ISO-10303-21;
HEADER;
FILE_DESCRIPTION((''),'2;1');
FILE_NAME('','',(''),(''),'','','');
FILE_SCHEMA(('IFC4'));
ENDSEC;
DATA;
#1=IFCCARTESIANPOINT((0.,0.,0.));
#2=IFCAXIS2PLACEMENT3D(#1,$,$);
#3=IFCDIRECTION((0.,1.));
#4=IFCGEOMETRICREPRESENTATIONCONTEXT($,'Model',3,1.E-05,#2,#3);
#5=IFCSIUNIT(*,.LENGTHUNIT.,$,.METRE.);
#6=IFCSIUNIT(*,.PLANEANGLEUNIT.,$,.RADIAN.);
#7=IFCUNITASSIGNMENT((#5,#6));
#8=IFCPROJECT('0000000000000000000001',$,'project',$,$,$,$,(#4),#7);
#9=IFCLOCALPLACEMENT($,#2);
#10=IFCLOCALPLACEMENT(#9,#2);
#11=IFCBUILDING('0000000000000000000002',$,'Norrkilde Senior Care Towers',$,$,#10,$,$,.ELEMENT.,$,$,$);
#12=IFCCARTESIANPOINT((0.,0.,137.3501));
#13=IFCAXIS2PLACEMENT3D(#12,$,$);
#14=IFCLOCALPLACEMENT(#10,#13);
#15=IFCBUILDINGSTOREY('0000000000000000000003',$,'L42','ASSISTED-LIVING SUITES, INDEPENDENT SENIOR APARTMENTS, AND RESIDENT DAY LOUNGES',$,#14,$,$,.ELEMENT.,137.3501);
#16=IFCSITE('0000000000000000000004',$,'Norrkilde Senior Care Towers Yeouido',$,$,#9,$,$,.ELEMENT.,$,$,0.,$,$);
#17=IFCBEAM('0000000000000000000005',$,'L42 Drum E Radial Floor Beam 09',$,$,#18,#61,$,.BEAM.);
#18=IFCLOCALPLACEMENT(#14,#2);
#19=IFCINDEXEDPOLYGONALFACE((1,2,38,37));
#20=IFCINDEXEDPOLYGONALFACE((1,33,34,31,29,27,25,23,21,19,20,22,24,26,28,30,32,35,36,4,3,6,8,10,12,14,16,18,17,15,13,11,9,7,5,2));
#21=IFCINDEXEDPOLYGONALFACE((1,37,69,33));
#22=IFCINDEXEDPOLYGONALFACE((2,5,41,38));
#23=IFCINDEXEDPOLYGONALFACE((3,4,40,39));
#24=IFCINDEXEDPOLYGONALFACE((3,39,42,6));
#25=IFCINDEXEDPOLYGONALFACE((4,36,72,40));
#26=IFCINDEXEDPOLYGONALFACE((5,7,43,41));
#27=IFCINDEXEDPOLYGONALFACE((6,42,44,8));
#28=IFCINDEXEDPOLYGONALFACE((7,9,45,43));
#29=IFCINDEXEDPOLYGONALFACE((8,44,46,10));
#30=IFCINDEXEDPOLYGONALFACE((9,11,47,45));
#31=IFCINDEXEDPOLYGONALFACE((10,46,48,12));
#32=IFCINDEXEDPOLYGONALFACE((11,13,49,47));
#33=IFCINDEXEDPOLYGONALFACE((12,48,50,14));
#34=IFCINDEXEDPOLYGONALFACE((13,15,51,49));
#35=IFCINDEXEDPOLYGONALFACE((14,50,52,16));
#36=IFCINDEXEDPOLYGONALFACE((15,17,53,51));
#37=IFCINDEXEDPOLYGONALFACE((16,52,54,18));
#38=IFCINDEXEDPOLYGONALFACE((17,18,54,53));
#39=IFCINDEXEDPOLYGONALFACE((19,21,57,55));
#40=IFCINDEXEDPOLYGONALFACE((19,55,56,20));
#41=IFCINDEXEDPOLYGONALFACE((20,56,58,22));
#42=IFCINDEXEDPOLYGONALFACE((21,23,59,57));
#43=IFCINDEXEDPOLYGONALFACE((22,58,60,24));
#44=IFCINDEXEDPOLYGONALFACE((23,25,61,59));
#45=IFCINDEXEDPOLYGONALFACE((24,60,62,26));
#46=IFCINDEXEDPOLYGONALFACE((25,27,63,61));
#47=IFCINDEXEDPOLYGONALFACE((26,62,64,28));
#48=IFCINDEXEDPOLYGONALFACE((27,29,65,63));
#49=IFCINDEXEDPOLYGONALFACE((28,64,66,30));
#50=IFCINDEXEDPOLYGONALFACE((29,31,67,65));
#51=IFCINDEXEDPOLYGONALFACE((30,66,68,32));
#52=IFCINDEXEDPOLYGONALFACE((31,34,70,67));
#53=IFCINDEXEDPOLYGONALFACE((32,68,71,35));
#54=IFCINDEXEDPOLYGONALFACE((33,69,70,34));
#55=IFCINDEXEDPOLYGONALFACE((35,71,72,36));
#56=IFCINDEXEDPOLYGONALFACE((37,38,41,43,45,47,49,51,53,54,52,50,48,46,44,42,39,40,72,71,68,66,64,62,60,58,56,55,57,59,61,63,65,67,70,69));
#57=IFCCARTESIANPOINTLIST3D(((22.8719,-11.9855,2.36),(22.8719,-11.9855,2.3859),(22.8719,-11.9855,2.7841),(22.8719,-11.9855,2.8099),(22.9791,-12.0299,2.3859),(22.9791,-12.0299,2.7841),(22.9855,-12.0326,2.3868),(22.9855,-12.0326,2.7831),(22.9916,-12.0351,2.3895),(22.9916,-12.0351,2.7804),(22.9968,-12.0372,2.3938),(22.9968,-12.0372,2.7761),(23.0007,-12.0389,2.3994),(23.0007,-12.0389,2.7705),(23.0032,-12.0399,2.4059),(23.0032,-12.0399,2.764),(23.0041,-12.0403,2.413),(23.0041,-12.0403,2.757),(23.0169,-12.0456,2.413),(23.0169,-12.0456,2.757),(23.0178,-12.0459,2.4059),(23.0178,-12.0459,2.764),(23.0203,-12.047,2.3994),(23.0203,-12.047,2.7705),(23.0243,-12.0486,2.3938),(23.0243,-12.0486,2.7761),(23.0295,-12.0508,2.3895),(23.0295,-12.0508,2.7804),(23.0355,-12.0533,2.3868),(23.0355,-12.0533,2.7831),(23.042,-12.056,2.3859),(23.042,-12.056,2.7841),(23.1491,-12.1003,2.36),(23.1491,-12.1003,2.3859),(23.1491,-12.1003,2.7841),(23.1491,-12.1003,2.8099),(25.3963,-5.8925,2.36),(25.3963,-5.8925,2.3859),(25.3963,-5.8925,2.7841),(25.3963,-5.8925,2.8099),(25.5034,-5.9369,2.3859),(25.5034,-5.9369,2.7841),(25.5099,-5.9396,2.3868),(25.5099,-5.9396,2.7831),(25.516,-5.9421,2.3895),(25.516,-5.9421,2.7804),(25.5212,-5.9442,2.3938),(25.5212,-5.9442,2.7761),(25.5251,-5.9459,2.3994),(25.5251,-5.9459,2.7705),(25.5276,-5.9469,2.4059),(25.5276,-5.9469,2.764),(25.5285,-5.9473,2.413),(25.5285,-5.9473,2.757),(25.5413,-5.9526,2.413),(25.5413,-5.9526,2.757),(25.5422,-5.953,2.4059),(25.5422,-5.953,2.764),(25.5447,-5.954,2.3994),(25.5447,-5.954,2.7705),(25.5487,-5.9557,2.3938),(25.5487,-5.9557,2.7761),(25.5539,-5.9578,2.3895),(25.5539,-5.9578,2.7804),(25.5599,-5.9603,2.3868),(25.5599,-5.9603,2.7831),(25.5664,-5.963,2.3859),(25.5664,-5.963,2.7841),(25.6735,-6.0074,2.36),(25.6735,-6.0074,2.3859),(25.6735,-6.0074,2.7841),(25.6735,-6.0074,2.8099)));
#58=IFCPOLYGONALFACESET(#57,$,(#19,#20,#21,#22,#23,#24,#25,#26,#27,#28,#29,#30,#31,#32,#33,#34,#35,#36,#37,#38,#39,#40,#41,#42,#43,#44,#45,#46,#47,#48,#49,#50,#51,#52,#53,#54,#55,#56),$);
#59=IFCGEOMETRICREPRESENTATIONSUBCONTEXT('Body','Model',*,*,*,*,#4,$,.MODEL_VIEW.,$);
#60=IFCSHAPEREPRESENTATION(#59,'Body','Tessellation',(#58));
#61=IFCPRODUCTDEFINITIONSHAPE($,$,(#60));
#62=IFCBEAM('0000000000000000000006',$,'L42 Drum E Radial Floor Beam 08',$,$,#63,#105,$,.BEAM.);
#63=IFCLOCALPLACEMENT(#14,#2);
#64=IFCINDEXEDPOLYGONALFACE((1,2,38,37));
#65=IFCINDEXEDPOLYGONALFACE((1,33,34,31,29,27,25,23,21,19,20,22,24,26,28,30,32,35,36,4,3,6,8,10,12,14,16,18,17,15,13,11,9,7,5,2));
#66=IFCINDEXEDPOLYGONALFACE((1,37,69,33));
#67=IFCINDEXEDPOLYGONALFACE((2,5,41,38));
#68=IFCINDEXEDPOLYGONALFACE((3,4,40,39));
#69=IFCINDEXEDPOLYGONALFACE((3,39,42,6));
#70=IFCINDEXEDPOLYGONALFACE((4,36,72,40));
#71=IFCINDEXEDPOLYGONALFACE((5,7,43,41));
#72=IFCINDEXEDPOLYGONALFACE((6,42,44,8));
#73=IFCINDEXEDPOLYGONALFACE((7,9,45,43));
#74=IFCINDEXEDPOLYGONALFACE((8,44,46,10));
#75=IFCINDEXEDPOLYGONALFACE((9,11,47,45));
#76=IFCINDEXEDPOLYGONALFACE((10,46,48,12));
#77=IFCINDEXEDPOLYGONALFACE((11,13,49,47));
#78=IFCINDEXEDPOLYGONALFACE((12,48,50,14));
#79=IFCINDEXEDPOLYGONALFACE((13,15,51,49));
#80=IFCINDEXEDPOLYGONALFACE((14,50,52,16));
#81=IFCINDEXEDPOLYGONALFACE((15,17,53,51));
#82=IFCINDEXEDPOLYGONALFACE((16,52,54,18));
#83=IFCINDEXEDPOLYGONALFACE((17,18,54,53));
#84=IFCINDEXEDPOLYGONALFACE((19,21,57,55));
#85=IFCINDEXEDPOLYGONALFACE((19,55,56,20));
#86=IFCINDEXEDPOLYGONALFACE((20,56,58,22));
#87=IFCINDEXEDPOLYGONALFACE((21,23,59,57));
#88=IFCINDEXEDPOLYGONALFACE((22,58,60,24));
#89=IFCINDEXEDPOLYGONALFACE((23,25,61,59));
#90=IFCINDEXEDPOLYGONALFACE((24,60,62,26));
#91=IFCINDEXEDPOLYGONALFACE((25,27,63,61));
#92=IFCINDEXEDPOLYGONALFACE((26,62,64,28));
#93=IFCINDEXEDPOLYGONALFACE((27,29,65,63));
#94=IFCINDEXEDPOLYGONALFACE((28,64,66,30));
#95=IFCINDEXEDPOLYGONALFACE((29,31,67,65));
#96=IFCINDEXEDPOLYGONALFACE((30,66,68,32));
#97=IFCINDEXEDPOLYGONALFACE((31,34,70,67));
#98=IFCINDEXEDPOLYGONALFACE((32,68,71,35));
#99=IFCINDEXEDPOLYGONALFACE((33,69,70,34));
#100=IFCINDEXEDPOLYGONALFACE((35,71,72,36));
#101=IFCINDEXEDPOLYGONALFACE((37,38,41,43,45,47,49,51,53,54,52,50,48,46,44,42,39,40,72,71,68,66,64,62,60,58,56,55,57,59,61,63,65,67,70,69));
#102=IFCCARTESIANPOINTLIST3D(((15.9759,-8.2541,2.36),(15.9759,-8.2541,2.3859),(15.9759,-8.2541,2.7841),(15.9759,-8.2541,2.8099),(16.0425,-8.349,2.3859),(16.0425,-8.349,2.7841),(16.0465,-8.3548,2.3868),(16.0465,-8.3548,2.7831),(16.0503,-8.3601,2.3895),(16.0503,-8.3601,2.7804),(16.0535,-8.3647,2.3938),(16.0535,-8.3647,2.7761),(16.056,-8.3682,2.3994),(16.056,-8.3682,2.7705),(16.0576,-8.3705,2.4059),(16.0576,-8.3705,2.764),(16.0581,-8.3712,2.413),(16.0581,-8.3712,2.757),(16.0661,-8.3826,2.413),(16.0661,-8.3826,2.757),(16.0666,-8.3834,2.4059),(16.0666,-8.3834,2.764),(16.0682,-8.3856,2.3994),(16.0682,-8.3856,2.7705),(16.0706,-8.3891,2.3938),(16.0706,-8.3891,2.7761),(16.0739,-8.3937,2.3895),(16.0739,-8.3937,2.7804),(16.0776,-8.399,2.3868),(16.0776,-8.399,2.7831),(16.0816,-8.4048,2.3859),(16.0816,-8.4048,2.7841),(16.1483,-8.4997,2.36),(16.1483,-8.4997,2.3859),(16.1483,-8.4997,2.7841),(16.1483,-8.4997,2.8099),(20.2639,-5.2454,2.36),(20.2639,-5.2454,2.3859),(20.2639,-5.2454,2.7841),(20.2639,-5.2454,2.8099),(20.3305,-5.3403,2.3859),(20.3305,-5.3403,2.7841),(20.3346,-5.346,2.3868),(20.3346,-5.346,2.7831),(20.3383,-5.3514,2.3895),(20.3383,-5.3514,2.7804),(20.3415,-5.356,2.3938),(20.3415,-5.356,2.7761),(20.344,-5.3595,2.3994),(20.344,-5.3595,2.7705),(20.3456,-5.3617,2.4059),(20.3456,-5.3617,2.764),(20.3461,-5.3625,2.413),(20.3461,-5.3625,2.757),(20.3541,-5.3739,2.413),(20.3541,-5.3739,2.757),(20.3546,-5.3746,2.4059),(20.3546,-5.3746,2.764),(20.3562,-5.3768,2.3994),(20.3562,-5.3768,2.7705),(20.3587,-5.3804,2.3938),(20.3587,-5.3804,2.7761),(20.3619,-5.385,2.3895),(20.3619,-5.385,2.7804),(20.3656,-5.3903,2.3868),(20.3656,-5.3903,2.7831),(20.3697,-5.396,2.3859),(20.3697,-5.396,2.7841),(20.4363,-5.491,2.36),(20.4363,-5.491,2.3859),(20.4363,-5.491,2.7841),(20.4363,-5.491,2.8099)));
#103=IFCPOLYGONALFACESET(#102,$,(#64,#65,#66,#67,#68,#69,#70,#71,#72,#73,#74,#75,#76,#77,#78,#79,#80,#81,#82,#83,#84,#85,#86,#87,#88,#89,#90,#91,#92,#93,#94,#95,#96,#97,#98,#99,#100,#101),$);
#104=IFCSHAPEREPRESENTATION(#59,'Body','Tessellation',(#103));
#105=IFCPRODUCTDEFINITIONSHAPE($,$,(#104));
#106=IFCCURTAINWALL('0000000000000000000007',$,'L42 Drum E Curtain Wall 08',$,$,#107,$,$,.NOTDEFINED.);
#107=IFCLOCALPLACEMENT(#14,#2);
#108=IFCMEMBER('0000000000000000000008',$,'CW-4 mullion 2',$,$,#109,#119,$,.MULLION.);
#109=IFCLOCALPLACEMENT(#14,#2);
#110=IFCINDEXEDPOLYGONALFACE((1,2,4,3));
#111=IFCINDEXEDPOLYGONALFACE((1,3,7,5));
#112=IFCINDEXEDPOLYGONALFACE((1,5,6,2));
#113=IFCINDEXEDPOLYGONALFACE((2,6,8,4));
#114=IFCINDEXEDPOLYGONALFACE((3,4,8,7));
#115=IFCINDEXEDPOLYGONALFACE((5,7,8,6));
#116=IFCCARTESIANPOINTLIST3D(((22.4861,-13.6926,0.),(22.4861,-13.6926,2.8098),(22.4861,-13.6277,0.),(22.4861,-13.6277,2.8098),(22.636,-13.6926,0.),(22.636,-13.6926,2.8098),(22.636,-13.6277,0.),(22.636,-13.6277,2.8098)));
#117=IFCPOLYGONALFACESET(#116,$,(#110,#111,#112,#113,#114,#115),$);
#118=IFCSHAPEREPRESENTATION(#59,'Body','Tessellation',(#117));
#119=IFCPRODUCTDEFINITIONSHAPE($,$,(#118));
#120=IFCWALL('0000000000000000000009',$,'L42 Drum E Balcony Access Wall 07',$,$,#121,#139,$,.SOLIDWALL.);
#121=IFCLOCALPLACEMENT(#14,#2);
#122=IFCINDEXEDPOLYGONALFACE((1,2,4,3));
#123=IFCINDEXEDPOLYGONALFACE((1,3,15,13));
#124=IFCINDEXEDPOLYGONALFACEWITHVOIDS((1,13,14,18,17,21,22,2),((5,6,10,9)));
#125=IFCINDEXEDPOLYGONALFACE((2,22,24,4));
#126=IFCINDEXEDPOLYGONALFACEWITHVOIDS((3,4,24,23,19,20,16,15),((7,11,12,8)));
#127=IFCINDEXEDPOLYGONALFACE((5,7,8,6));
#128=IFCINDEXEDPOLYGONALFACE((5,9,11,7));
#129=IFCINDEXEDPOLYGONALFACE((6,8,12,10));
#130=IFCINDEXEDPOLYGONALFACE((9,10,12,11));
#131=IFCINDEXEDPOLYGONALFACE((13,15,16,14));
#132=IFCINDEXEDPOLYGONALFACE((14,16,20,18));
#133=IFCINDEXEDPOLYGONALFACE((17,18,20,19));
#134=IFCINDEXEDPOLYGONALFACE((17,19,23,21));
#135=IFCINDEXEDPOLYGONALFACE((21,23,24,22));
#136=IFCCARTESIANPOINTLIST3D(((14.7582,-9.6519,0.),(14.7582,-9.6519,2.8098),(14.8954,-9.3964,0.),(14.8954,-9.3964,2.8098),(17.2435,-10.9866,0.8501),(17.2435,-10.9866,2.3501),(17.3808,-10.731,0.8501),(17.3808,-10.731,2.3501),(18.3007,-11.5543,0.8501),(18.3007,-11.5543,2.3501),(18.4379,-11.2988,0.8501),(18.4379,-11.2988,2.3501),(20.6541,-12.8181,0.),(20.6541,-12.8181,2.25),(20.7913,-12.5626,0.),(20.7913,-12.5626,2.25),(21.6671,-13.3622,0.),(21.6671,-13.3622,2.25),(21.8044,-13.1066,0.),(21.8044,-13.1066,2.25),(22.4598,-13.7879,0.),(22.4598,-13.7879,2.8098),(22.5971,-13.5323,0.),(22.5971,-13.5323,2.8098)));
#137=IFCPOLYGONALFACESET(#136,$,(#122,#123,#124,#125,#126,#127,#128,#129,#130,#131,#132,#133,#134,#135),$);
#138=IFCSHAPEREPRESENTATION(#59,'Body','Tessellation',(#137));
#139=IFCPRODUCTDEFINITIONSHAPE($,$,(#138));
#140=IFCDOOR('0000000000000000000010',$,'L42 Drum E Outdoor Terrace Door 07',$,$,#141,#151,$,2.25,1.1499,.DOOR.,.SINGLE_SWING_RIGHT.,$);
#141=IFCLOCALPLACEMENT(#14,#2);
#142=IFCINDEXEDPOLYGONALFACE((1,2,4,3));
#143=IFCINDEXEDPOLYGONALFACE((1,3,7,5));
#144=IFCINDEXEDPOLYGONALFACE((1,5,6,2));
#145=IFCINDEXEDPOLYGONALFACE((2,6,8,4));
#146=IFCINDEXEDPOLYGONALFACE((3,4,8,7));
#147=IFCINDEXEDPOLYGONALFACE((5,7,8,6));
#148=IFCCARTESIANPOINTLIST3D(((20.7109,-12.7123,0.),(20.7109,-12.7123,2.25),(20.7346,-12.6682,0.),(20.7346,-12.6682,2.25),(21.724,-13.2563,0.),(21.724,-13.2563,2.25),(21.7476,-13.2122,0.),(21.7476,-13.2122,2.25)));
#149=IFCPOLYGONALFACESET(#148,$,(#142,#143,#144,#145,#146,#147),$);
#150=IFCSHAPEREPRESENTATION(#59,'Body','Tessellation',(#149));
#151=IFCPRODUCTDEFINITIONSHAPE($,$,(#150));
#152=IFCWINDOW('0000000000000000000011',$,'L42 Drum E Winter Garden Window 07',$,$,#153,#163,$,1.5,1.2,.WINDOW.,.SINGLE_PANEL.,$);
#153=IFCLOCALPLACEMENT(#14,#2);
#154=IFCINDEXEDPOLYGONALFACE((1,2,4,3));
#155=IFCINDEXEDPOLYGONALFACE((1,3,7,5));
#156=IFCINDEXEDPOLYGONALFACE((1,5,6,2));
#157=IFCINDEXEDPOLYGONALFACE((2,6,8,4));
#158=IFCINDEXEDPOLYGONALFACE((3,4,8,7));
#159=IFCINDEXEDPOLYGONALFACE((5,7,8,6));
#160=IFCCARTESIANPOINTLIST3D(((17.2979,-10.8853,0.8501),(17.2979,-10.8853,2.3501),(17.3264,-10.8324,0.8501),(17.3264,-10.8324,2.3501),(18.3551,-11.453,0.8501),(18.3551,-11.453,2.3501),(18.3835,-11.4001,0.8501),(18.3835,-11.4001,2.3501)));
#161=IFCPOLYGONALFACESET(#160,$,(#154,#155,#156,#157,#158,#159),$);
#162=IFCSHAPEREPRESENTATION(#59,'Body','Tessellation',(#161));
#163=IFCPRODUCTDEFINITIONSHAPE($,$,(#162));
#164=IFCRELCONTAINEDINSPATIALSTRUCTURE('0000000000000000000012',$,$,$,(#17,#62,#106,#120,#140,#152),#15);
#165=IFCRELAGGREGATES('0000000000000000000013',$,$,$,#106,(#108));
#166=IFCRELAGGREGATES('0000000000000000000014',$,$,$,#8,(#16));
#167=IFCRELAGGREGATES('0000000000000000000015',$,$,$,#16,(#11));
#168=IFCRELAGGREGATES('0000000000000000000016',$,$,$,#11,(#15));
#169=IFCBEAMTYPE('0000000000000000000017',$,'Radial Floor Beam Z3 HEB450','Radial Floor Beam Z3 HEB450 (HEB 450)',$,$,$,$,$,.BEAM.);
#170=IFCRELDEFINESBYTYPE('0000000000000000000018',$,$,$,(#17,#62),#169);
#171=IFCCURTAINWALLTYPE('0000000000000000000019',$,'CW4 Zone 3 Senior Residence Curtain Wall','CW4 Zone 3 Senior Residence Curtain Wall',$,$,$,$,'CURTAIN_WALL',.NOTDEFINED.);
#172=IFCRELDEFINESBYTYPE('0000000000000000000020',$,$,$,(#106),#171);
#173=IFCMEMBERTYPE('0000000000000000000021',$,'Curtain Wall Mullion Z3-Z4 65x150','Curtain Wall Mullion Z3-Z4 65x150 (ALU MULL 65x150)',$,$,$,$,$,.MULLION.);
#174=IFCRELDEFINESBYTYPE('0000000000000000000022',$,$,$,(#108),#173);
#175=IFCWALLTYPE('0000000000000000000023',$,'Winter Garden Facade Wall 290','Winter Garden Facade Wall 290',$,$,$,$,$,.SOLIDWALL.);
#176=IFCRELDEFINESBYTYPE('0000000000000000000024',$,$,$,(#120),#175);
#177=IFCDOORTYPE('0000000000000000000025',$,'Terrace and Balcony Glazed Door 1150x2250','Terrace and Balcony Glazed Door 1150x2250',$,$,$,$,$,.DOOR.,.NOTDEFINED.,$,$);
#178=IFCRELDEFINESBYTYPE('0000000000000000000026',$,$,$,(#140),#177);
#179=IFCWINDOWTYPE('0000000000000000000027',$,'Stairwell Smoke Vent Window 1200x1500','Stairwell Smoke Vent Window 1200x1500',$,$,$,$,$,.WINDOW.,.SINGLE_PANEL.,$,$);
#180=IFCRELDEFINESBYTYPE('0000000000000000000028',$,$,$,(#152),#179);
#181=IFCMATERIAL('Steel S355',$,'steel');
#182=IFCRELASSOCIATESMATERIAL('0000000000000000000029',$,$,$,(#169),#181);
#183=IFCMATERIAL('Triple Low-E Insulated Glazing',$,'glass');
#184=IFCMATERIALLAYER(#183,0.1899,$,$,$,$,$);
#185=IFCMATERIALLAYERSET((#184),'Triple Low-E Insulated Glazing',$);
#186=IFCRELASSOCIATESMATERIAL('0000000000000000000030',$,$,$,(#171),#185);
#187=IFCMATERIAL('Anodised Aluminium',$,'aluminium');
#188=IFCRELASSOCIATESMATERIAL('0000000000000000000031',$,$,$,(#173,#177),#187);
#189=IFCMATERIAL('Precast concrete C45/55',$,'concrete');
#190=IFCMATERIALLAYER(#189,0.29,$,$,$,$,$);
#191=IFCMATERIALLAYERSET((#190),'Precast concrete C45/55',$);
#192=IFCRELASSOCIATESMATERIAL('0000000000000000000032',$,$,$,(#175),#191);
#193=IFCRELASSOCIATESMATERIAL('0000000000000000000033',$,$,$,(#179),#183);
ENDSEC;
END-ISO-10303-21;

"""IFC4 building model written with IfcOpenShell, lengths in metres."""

from ifc_helpers import new_model, si_unit, direction, frame, frame_2d, origin, origin_2d, place, context, subcontext, project, spatial, rectangle, i_section, extrude, source, transform, mapped, material, layer, layer_set, material_profile, profile_set, type_object, type_shapes, element, fill, aggregate, save


model = new_model("IFC4")

# Units and contexts
model_context = context("Model", 3, precision=1e-05, world=origin(), true_north=direction((0.0, 1.0)))
body_context = subcontext(model_context, "Body", "Model", "MODEL_VIEW")
ifc_project = project(units=[si_unit("LENGTHUNIT", "METRE"), si_unit("PLANEANGLEUNIT", "RADIAN")], contexts=[model_context])

# Site, building, storey
site_placement = place(None, origin())
site = spatial("IfcSite", under=ifc_project, at=site_placement, Name="Norrkilde Senior Care Towers Yeouido", CompositionType="ELEMENT", RefElevation=0.0)
building_placement = place(site_placement, origin())
building = spatial("IfcBuilding", under=site, at=building_placement, Name="Norrkilde Senior Care Towers", CompositionType="ELEMENT")
storey_placement = place(building_placement, frame((0.0, 0.0, 137.3501)))
storey = spatial("IfcBuildingStorey", under=building, at=storey_placement, Name="L42", Description="ASSISTED-LIVING SUITES, INDEPENDENT SENIOR APARTMENTS, AND RESIDENT DAY LOUNGES", CompositionType="ELEMENT", Elevation=137.3501)

# Beams
ifc_material_1 = material(Name="Steel S355", Category="steel")
ifc_material_profile_1 = material_profile(ifc_material_1, i_section(OverallWidth=0.3, OverallDepth=0.45, WebThickness=0.0139, FlangeThickness=0.0259, FilletRadius=0.0271, at=origin_2d()), Name="HEB 450")
ifc_profile_set_1 = profile_set([ifc_material_profile_1], Name="Steel S355")
beam_type_1 = type_object("IfcBeamType", Name="Radial Floor Beam Z3 HEB450", Description="Radial Floor Beam Z3 HEB450 (HEB 450)", PredefinedType="BEAM", material=ifc_profile_set_1)
shared_shape_1 = source(origin(), body_context, "Body", "SweptSolid", [
    extrude(i_section(OverallWidth=0.3, OverallDepth=0.45, WebThickness=0.0139, FlangeThickness=0.0259, FilletRadius=0.0271, at=origin_2d()), origin(), (0.0, 0.0, 1.0), 6.5952),
])
beam_1_placement = place(storey_placement, frame((25.5349, -5.95, 2.585), z_axis=(-0.382762, -0.923847, 0.0), x_axis=(0.923847, -0.382762, 0.0)))
element("IfcBeam", 1, at=beam_1_placement, inside=storey, type_object=beam_type_1, Name="L42 Drum E Radial Floor Beam 09", PredefinedType="BEAM", context=body_context, shape_type="MappedRepresentation", body=[
    mapped(shared_shape_1, transform((0.0, 0.0, 0.0), x_axis=(1.0, 0.0, 0.0), y_axis=(0.0, 1.0, 0.0), z_axis=(0.0, 0.0, 1.0), scale=1.0)),
])
shared_shape_2 = source(origin(), body_context, "Body", "SweptSolid", [
    extrude(i_section(OverallWidth=0.3, OverallDepth=0.45, WebThickness=0.0139, FlangeThickness=0.0259, FilletRadius=0.0271, at=origin_2d()), origin(), (0.0, 0.0, 1.0), 5.2383),
])
type_shapes(beam_type_1, [shared_shape_1, shared_shape_2])
beam_2_placement = place(storey_placement, frame((20.3501, -5.3682, 2.585), z_axis=(-0.818592, -0.574375, 0.0), x_axis=(0.574375, -0.818592, 0.0)))
element("IfcBeam", 2, at=beam_2_placement, inside=storey, type_object=beam_type_1, Name="L42 Drum E Radial Floor Beam 08", PredefinedType="BEAM", context=body_context, shape_type="MappedRepresentation", body=[
    mapped(shared_shape_2, transform((0.0, 0.0, 0.0), x_axis=(1.0, 0.0, 0.0), y_axis=(0.0, 1.0, 0.0), z_axis=(0.0, 0.0, 1.0), scale=1.0)),
])

# Curtain wall, member
ifc_material_2 = material(Name="Triple Low-E Insulated Glazing", Category="glass")
ifc_layer_1 = layer(ifc_material_2, 0.1899)
ifc_layer_set_1 = layer_set([ifc_layer_1], Name="Triple Low-E Insulated Glazing")
curtain_wall_type = type_object("IfcCurtainWallType", Name="CW4 Zone 3 Senior Residence Curtain Wall", Description="CW4 Zone 3 Senior Residence Curtain Wall", ElementType="CURTAIN_WALL", PredefinedType="NOTDEFINED", material=ifc_layer_set_1)
curtain_wall_placement = place(storey_placement, origin())
curtain_wall = element("IfcCurtainWall", 3, at=curtain_wall_placement, inside=storey, type_object=curtain_wall_type, Name="L42 Drum E Curtain Wall 08", PredefinedType="NOTDEFINED")
ifc_material_3 = material(Name="Anodised Aluminium", Category="aluminium")
ifc_material_profile_2 = material_profile(ifc_material_3, rectangle(XDim=0.0649, YDim=0.1499, at=origin_2d()), Name="ALU MULL 65x150")
ifc_profile_set_2 = profile_set([ifc_material_profile_2], Name="Anodised Aluminium")
member_type = type_object("IfcMemberType", Name="Curtain Wall Mullion Z3-Z4 65x150", Description="Curtain Wall Mullion Z3-Z4 65x150 (ALU MULL 65x150)", PredefinedType="MULLION", material=ifc_profile_set_2)
shared_shape_3 = source(origin(), body_context, "Body", "SweptSolid", [
    extrude(rectangle(XDim=0.0649, YDim=0.1499, at=origin_2d()), origin(), (0.0, 0.0, 1.0), 2.8098),
])
type_shapes(member_type, [shared_shape_3])
member_placement = place(storey_placement, frame((22.561, -13.6602, 0.0), z_axis=(0.0, 0.0, 1.0), x_axis=(0.0, -1.0, 0.0)))
member = element("IfcMember", 4, at=member_placement, type_object=member_type, Name="CW-4 mullion 2", PredefinedType="MULLION", context=body_context, shape_type="MappedRepresentation", body=[
    mapped(shared_shape_3, transform((0.0, 0.0, 0.0), x_axis=(1.0, 0.0, 0.0), y_axis=(0.0, 1.0, 0.0), z_axis=(0.0, 0.0, 1.0), scale=1.0)),
])
aggregate(curtain_wall, [member])

# Wall, openings, door, window
ifc_material_4 = material(Name="Precast concrete C45/55", Category="concrete")
ifc_layer_2 = layer(ifc_material_4, 0.29)
ifc_layer_set_2 = layer_set([ifc_layer_2], Name="Precast concrete C45/55")
wall_type_1 = type_object("IfcWallType", Name="Winter Garden Facade Wall 290", Description="Winter Garden Facade Wall 290", PredefinedType="SOLIDWALL", material=ifc_layer_set_2)
shared_shape_4 = source(origin(), body_context, "Body", "SweptSolid", [
    extrude(rectangle(XDim=8.7419, YDim=0.29, at=frame_2d((4.3711, 0.0))), origin(), (0.0, 0.0, 1.0), 2.8098),
])
type_shapes(wall_type_1, [shared_shape_4])
wall_1_placement = place(storey_placement, frame((22.5286, -13.6602, 0.0), z_axis=(0.0, 0.0, 1.0), x_axis=(-0.880999, 0.473119, 0.0)))
wall_1 = element("IfcWall", 5, at=wall_1_placement, inside=storey, type_object=wall_type_1, Name="L42 Drum E Balcony Access Wall 07", PredefinedType="SOLIDWALL", context=body_context, shape_type="MappedRepresentation", body=[
    mapped(shared_shape_4, transform((0.0, 0.0, 0.0), x_axis=(1.0, 0.0, 0.0), y_axis=(0.0, 1.0, 0.0), z_axis=(0.0, 0.0, 1.0), scale=1.0)),
])
opening_1_placement = place(wall_1_placement, frame((0.8999, 0.0, 0.0)))
opening_1 = element("IfcOpeningElement", 6, at=opening_1_placement, cuts=wall_1, PredefinedType="OPENING", context=body_context, shape_type="SweptSolid", body=[
    extrude(rectangle(XDim=1.1499, YDim=2.25, at=frame_2d((0.575, 1.125))), frame((0.0, 0.155, 0.0), z_axis=(0.0, -1.0, 0.0), x_axis=(1.0, 0.0, 0.0)), (0.0, 0.0, 1.0), 0.3101),
])
opening_2_placement = place(wall_1_placement, frame((4.7209, 0.0, 0.8501)))
opening_2 = element("IfcOpeningElement", 7, at=opening_2_placement, cuts=wall_1, PredefinedType="OPENING", context=body_context, shape_type="SweptSolid", body=[
    extrude(rectangle(XDim=1.2, YDim=1.5, at=frame_2d((0.6001, 0.75))), frame((0.0, 0.155, 0.0), z_axis=(0.0, -1.0, 0.0), x_axis=(1.0, 0.0, 0.0)), (0.0, 0.0, 1.0), 0.3101),
])
door_type_1 = type_object("IfcDoorType", Name="Terrace and Balcony Glazed Door 1150x2250", Description="Terrace and Balcony Glazed Door 1150x2250", OperationType="NOTDEFINED", PredefinedType="DOOR", material=ifc_material_3)
shared_shape_5 = source(origin(), body_context, "Body", "SweptSolid", [
    extrude(rectangle(XDim=1.1499, YDim=2.25, at=frame_2d((0.575, 1.125))), frame((0.0, 0.0249, 0.0), z_axis=(0.0, -1.0, 0.0), x_axis=(1.0, 0.0, 0.0)), (0.0, 0.0, 1.0), 0.05),
])
type_shapes(door_type_1, [shared_shape_5])
door_1_placement = place(opening_1_placement, origin())
door_1 = element("IfcDoor", 8, at=door_1_placement, inside=storey, type_object=door_type_1, Name="L42 Drum E Outdoor Terrace Door 07", OperationType="SINGLE_SWING_RIGHT", OverallHeight=2.25, OverallWidth=1.1499, PredefinedType="DOOR", context=body_context, shape_type="MappedRepresentation", body=[
    mapped(shared_shape_5, transform((0.0, 0.0, 0.0), x_axis=(1.0, 0.0, 0.0), y_axis=(0.0, 1.0, 0.0), z_axis=(0.0, 0.0, 1.0), scale=1.0)),
])
fill(opening_1, door_1)
window_type = type_object("IfcWindowType", Name="Stairwell Smoke Vent Window 1200x1500", Description="Stairwell Smoke Vent Window 1200x1500", PartitioningType="SINGLE_PANEL", PredefinedType="WINDOW", material=ifc_material_2)
shared_shape_6 = source(origin(), body_context, "Body", "SweptSolid", [
    extrude(rectangle(XDim=1.2, YDim=1.5, at=frame_2d((0.6001, 0.75))), frame((0.0, 0.03, 0.0), z_axis=(0.0, -1.0, 0.0), x_axis=(1.0, 0.0, 0.0)), (0.0, 0.0, 1.0), 0.0601),
])
type_shapes(window_type, [shared_shape_6])
window_placement = place(opening_2_placement, origin())
window = element("IfcWindow", 9, at=window_placement, inside=storey, type_object=window_type, Name="L42 Drum E Winter Garden Window 07", OverallHeight=1.5, OverallWidth=1.2, PartitioningType="SINGLE_PANEL", PredefinedType="WINDOW", context=body_context, shape_type="MappedRepresentation", body=[
    mapped(shared_shape_6, transform((0.0, 0.0, 0.0), x_axis=(1.0, 0.0, 0.0), y_axis=(0.0, 1.0, 0.0), z_axis=(0.0, 0.0, 1.0), scale=1.0)),
])
fill(opening_2, window)

save(model, "model.ifc")
